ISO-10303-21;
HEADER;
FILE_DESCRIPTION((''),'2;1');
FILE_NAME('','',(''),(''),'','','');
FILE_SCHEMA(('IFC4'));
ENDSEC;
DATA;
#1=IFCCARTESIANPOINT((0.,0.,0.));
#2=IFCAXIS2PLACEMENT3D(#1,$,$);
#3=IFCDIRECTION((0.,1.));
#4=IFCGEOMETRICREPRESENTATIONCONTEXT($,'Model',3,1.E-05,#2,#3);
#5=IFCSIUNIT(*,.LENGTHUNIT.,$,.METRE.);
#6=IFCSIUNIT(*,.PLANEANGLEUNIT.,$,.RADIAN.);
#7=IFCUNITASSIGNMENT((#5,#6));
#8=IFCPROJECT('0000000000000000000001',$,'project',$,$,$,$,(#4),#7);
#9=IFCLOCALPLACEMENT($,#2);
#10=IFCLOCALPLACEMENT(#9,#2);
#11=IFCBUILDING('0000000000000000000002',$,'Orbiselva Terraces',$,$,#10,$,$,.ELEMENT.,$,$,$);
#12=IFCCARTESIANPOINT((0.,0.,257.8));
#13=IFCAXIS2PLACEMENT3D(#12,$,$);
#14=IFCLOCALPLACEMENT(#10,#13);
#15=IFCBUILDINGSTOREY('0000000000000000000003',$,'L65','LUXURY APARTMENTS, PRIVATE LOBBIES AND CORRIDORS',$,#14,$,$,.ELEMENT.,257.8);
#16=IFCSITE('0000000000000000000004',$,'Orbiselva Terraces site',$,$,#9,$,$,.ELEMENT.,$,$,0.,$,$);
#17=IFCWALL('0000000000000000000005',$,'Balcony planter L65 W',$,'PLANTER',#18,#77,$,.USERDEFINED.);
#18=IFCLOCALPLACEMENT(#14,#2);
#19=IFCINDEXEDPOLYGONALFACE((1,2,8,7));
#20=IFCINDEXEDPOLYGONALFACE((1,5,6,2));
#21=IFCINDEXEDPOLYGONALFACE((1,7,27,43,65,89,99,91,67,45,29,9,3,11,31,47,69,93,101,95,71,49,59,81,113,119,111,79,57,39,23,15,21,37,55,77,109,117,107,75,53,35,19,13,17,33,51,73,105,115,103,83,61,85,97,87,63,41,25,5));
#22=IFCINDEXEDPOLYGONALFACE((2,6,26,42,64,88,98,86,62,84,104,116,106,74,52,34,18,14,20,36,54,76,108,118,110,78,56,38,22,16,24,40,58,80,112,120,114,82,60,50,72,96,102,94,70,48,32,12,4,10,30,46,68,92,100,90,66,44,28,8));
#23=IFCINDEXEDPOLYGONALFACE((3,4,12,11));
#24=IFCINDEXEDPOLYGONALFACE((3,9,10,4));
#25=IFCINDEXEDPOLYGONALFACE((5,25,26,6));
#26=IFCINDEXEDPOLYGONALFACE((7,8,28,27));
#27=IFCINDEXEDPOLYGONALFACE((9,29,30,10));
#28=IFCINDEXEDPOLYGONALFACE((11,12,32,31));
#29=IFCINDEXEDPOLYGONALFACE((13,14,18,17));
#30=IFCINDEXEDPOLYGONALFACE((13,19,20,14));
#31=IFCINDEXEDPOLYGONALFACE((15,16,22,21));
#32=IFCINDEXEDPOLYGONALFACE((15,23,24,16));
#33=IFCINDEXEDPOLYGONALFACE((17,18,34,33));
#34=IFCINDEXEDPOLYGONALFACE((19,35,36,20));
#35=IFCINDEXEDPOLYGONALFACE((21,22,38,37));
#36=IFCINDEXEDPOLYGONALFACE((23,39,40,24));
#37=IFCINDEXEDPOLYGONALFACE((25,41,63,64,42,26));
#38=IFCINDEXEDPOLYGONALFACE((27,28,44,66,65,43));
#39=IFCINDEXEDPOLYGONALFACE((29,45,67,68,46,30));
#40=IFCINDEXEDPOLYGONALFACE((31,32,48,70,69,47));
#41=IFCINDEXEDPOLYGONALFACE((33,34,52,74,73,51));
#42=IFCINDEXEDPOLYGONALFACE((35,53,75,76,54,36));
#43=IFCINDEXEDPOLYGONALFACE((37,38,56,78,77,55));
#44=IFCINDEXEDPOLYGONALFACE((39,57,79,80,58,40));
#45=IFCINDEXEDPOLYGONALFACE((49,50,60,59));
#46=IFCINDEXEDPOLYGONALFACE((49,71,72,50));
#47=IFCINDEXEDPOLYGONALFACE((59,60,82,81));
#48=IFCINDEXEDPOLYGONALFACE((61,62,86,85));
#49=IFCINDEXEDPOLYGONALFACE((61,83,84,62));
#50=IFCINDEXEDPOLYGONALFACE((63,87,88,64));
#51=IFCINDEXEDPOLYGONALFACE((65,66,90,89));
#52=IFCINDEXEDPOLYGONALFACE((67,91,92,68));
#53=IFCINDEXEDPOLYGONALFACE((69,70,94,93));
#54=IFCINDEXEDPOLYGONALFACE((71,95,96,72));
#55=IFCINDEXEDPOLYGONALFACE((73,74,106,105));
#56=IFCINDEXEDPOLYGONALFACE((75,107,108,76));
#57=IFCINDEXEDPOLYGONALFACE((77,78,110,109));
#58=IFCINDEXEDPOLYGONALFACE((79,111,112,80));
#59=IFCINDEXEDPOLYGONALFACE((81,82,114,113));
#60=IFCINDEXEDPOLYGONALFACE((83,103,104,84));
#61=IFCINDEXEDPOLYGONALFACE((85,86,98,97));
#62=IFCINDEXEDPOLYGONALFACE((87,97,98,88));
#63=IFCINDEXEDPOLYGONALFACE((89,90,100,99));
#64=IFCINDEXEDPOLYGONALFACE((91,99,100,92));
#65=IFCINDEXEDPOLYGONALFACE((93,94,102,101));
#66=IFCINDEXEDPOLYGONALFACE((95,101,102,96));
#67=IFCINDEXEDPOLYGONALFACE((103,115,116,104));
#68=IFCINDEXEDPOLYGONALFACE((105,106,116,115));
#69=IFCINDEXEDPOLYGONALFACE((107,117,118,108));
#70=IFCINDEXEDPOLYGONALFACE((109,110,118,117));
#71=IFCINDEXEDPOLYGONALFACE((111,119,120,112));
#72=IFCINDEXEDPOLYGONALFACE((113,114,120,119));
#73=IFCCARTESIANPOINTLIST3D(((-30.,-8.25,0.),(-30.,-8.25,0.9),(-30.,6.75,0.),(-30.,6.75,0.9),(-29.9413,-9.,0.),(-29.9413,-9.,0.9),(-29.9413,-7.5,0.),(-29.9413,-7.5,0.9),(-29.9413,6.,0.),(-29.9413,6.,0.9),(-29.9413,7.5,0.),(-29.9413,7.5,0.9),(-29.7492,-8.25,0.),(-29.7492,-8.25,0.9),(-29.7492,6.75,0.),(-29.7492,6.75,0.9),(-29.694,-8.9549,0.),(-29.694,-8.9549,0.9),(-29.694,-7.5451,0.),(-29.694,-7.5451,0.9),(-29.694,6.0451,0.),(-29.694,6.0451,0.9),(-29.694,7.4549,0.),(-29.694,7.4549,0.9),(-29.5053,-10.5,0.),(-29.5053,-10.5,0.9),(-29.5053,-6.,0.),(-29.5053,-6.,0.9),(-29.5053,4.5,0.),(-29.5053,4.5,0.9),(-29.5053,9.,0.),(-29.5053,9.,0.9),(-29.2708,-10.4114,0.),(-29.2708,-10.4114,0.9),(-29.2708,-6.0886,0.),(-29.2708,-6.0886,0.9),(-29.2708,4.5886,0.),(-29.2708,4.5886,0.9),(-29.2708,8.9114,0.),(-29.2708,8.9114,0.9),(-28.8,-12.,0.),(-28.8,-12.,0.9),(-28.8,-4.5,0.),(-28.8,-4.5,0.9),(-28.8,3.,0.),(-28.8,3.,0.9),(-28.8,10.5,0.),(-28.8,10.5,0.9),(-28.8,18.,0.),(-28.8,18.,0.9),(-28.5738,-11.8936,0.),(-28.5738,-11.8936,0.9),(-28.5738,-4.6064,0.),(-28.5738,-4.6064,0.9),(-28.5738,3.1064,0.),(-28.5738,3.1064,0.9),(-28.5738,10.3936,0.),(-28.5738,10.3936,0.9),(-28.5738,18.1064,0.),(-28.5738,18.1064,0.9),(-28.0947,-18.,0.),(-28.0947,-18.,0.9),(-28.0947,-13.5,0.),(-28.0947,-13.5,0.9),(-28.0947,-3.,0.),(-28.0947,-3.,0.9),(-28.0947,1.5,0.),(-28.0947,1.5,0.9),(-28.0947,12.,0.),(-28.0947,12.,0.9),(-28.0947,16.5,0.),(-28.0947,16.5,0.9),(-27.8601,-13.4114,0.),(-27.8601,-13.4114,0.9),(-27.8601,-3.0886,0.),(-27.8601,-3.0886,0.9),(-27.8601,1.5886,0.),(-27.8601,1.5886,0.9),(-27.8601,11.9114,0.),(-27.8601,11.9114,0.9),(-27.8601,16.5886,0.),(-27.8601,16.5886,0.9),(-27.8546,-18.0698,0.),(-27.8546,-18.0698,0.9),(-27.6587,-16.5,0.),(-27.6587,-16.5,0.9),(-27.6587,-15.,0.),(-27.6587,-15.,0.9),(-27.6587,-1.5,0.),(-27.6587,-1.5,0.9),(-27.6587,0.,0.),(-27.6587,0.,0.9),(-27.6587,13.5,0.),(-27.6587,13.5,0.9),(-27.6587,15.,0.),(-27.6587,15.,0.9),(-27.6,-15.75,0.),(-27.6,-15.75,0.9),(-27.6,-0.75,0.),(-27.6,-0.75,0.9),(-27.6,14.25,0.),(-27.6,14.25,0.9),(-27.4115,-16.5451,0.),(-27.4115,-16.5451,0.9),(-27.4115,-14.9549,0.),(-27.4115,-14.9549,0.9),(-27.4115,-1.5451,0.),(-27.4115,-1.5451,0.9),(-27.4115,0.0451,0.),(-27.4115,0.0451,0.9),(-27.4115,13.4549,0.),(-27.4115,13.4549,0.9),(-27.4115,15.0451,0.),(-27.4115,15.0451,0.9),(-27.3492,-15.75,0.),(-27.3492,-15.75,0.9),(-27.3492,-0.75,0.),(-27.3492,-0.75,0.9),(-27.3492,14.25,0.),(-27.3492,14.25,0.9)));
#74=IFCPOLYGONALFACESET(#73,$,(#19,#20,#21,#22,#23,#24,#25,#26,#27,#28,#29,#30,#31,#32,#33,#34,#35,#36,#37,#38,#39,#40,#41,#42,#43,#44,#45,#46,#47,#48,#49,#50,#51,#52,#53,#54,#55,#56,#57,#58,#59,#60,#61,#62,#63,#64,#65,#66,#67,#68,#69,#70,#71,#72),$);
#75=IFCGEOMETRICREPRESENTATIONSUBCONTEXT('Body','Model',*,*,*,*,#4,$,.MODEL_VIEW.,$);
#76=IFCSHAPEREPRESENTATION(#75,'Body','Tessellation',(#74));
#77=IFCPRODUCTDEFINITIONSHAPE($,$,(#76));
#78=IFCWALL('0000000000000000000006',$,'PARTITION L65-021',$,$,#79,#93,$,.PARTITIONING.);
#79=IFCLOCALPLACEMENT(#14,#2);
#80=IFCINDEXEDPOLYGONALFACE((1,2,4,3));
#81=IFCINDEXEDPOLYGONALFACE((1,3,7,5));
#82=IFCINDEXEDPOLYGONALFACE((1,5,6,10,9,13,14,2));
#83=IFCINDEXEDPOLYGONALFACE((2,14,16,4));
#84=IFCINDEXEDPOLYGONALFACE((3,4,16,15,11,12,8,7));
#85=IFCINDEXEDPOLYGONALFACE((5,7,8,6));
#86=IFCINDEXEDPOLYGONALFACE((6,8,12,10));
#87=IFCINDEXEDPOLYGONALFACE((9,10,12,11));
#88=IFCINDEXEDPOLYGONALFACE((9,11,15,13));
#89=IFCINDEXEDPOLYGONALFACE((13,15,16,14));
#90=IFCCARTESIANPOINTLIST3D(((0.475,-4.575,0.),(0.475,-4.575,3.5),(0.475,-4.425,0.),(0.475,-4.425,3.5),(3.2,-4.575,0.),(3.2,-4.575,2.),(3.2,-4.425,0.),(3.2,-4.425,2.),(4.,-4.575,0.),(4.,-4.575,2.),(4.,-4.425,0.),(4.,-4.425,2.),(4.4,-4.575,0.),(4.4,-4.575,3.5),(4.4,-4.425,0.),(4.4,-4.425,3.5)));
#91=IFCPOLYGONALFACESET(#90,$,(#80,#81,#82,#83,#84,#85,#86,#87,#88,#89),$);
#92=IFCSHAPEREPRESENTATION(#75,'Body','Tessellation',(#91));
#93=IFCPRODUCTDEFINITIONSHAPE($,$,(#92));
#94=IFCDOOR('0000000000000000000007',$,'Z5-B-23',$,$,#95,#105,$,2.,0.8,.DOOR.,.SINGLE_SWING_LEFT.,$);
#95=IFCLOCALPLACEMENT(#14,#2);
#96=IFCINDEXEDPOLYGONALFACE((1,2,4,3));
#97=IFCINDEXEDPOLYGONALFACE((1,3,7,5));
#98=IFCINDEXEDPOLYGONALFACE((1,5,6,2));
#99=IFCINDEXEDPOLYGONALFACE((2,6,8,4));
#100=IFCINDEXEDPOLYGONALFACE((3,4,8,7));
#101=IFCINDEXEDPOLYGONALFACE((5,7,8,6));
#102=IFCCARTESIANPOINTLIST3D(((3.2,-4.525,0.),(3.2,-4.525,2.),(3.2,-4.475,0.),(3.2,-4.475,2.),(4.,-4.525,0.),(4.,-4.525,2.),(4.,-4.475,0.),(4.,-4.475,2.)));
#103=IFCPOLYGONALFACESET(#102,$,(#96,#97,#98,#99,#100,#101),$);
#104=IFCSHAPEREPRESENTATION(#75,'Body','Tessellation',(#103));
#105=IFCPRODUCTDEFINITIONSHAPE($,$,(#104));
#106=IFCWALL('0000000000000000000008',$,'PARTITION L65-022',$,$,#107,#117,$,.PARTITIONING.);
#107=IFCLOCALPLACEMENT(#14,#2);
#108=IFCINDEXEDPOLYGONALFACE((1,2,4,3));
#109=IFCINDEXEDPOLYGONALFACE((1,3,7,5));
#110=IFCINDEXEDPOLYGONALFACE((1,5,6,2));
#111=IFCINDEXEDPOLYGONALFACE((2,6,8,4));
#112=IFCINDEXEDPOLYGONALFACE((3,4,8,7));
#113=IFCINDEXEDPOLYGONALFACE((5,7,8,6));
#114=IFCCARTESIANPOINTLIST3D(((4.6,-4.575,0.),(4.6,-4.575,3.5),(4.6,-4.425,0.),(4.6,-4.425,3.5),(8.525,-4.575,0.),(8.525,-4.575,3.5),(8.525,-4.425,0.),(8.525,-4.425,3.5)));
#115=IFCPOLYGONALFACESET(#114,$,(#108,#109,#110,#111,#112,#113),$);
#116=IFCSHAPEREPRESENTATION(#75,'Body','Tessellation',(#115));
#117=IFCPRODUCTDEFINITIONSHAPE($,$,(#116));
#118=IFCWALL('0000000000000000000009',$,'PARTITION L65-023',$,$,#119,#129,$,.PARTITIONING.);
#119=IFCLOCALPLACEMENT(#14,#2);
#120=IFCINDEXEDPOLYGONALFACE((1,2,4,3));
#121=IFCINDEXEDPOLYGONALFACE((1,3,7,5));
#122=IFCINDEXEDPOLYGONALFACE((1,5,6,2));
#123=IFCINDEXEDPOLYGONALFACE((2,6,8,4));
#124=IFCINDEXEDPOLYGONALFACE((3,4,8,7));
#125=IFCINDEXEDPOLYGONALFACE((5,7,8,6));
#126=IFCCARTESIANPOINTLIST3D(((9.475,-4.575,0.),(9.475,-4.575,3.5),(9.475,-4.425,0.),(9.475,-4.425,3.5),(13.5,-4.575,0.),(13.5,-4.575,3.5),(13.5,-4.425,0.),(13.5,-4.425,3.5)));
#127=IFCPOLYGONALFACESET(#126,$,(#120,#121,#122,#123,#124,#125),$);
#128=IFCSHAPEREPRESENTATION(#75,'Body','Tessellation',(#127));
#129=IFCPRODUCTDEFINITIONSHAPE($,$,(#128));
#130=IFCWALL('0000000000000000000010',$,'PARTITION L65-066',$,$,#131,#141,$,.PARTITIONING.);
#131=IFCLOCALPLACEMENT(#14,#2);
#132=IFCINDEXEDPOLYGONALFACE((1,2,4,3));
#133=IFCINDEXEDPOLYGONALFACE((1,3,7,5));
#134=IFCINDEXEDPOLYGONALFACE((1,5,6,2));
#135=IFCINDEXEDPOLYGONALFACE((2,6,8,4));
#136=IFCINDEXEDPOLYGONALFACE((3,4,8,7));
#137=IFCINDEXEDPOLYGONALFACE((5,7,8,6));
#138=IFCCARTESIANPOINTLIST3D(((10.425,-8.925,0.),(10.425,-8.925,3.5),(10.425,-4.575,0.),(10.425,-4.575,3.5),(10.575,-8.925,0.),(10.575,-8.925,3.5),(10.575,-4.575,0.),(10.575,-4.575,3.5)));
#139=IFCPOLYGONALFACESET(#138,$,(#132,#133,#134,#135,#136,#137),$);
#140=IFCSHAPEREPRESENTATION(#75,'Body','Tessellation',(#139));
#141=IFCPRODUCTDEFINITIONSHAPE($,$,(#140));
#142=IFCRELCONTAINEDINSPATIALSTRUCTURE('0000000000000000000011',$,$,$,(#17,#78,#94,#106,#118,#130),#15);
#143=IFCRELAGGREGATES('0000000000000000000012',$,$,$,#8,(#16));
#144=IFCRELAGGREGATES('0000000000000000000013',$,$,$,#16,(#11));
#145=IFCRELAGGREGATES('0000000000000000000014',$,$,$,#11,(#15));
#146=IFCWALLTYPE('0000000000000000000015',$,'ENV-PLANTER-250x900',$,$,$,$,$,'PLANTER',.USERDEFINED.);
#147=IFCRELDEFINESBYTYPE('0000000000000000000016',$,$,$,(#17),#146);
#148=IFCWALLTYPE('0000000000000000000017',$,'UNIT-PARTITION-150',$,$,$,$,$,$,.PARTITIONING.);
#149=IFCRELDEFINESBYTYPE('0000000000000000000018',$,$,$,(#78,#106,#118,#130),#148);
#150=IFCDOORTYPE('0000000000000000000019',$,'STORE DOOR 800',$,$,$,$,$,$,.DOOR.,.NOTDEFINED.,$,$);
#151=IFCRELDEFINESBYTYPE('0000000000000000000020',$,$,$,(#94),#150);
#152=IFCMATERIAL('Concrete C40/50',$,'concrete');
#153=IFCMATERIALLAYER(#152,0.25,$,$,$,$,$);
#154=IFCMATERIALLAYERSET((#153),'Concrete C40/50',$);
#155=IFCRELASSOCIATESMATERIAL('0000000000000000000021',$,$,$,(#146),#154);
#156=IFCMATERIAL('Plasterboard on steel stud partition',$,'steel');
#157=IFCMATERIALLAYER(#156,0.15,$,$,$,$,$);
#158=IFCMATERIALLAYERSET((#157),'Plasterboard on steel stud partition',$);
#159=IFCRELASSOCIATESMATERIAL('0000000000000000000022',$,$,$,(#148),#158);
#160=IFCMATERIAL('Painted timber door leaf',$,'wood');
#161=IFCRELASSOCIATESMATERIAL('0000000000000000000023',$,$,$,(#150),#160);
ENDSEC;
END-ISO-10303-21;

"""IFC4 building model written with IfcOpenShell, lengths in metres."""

from ifc_helpers import new_model, si_unit, direction, frame, frame_2d, origin, place, context, subcontext, project, spatial, polyline, rectangle, outline, extrude, material, layer, layer_set, type_object, element, fill, save


model = new_model("IFC4")

# Units and contexts
model_context = context("Model", 3, precision=1e-05, world=origin(), true_north=direction((0.0, 1.0)))
body_context = subcontext(model_context, "Body", "Model", "MODEL_VIEW")
ifc_project = project(units=[si_unit("LENGTHUNIT", "METRE"), si_unit("PLANEANGLEUNIT", "RADIAN")], contexts=[model_context])

# Site, building, storey
site_placement = place(None, origin())
site = spatial("IfcSite", under=ifc_project, at=site_placement, Name="Orbiselva Terraces site", CompositionType="ELEMENT", RefElevation=0.0)
building_placement = place(site_placement, origin())
building = spatial("IfcBuilding", under=site, at=building_placement, Name="Orbiselva Terraces", CompositionType="ELEMENT")
storey_placement = place(building_placement, frame((0.0, 0.0, 257.8)))
storey = spatial("IfcBuildingStorey", under=building, at=storey_placement, Name="L65", Description="LUXURY APARTMENTS, PRIVATE LOBBIES AND CORRIDORS", CompositionType="ELEMENT", Elevation=257.8)

# Shared definitions
ifc_material_1 = material(Name="Concrete C40/50", Category="concrete")

# Wall
ifc_layer_1 = layer(ifc_material_1, 0.25)
ifc_layer_set_1 = layer_set([ifc_layer_1], Name="Concrete C40/50")
wall_type_1 = type_object("IfcWallType", Name="ENV-PLANTER-250x900", ElementType="PLANTER", PredefinedType="USERDEFINED", material=ifc_layer_set_1)
wall_1_placement = place(storey_placement, origin())
element("IfcWall", 1, at=wall_1_placement, inside=storey, type_object=wall_type_1, Name="Balcony planter L65 W", ObjectType="PLANTER", PredefinedType="USERDEFINED", context=body_context, shape_type="SweptSolid", body=[
    extrude(outline(polyline([(-28.8, 18.0), (-28.0947, 16.5), (-27.6587, 15.0), (-27.6, 14.25), (-27.6587, 13.5), (-28.0947, 12.0), (-28.8, 10.5), (-29.5053, 9.0), (-29.9413, 7.5), (-30.0, 6.75), (-29.9413, 6.0), (-29.5053, 4.5), (-28.8, 3.0), (-28.0947, 1.5), (-27.6587, 0.0), (-27.6, -0.75), (-27.6587, -1.5), (-28.0947, -3.0), (-28.8, -4.5), (-29.5053, -6.0), (-29.9413, -7.5), (-30.0, -8.25), (-29.9413, -9.0), (-29.5053, -10.5), (-28.8, -12.0), (-28.0947, -13.5), (-27.6587, -15.0), (-27.6, -15.75), (-27.6587, -16.5), (-28.0947, -18.0), (-27.8546, -18.0698), (-27.4115, -16.5451), (-27.3492, -15.75), (-27.4115, -14.9549), (-27.8601, -13.4114), (-28.5738, -11.8936), (-29.2708, -10.4114), (-29.694, -8.9549), (-29.7492, -8.25), (-29.694, -7.5451), (-29.2708, -6.0886), (-28.5738, -4.6064), (-27.8601, -3.0886), (-27.4115, -1.5451), (-27.3492, -0.75), (-27.4115, 0.0451), (-27.8601, 1.5886), (-28.5738, 3.1064), (-29.2708, 4.5886), (-29.694, 6.0451), (-29.7492, 6.75), (-29.694, 7.4549), (-29.2708, 8.9114), (-28.5738, 10.3936), (-27.8601, 11.9114), (-27.4115, 13.4549), (-27.3492, 14.25), (-27.4115, 15.0451), (-27.8601, 16.5886), (-28.5738, 18.1064), (-28.8, 18.0)])), origin(), (0.0, 0.0, 1.0), 0.9),
])

# Wall, opening, door
ifc_material_2 = material(Name="Plasterboard on steel stud partition", Category="steel")
ifc_layer_2 = layer(ifc_material_2, 0.15)
ifc_layer_set_2 = layer_set([ifc_layer_2], Name="Plasterboard on steel stud partition")
wall_type_2 = type_object("IfcWallType", Name="UNIT-PARTITION-150", PredefinedType="PARTITIONING", material=ifc_layer_set_2)
wall_2_placement = place(storey_placement, frame((4.4, -4.5, 0.0), z_axis=(0.0, 0.0, 1.0), x_axis=(-1.0, 0.0, 0.0)))
wall_2 = element("IfcWall", 2, at=wall_2_placement, inside=storey, type_object=wall_type_2, Name="PARTITION L65-021", PredefinedType="PARTITIONING", context=body_context, shape_type="SweptSolid", body=[
    extrude(rectangle(XDim=3.925, YDim=0.15, at=frame_2d((1.9625, 0.0))), origin(), (0.0, 0.0, 1.0), 3.5),
])
opening_placement = place(wall_2_placement, frame((0.4, 0.0, 0.0)))
opening = element("IfcOpeningElement", 3, at=opening_placement, cuts=wall_2, PredefinedType="OPENING", context=body_context, shape_type="SweptSolid", body=[
    extrude(rectangle(XDim=0.8, YDim=2.0, at=frame_2d((0.4, 1.0))), frame((0.0, 0.085, 0.0), z_axis=(0.0, -1.0, 0.0), x_axis=(1.0, 0.0, 0.0)), (0.0, 0.0, 1.0), 0.17),
])
ifc_material_3 = material(Name="Painted timber door leaf", Category="wood")
door_type = type_object("IfcDoorType", Name="STORE DOOR 800", OperationType="NOTDEFINED", PredefinedType="DOOR", material=ifc_material_3)
door_placement = place(opening_placement, origin())
door = element("IfcDoor", 4, at=door_placement, inside=storey, type_object=door_type, Name="Z5-B-23", OperationType="SINGLE_SWING_LEFT", OverallHeight=2.0, OverallWidth=0.8, PredefinedType="DOOR", context=body_context, shape_type="SweptSolid", body=[
    extrude(rectangle(XDim=0.8, YDim=2.0, at=frame_2d((0.4, 1.0))), frame((0.0, 0.025, 0.0), z_axis=(0.0, -1.0, 0.0), x_axis=(1.0, 0.0, 0.0)), (0.0, 0.0, 1.0), 0.05),
])
fill(opening, door)

# Walls
wall_3_placement = place(storey_placement, frame((4.6, -4.5, 0.0), z_axis=(0.0, 0.0, 1.0), x_axis=(1.0, 0.0, 0.0)))
element("IfcWall", 5, at=wall_3_placement, inside=storey, type_object=wall_type_2, Name="PARTITION L65-022", PredefinedType="PARTITIONING", context=body_context, shape_type="SweptSolid", body=[
    extrude(rectangle(XDim=3.925, YDim=0.15, at=frame_2d((1.9625, 0.0))), origin(), (0.0, 0.0, 1.0), 3.5),
])
wall_4_placement = place(storey_placement, frame((9.475, -4.5, 0.0), z_axis=(0.0, 0.0, 1.0), x_axis=(1.0, 0.0, 0.0)))
element("IfcWall", 6, at=wall_4_placement, inside=storey, type_object=wall_type_2, Name="PARTITION L65-023", PredefinedType="PARTITIONING", context=body_context, shape_type="SweptSolid", body=[
    extrude(rectangle(XDim=4.025, YDim=0.15, at=frame_2d((2.0125, 0.0))), origin(), (0.0, 0.0, 1.0), 3.5),
])
wall_5_placement = place(storey_placement, frame((10.5, -8.925, 0.0), z_axis=(0.0, 0.0, 1.0), x_axis=(0.0, 1.0, 0.0)))
element("IfcWall", 7, at=wall_5_placement, inside=storey, type_object=wall_type_2, Name="PARTITION L65-066", PredefinedType="PARTITIONING", context=body_context, shape_type="SweptSolid", body=[
    extrude(rectangle(XDim=4.35, YDim=0.15, at=frame_2d((2.175, 0.0))), origin(), (0.0, 0.0, 1.0), 3.5),
])

save(model, "model.ifc")
